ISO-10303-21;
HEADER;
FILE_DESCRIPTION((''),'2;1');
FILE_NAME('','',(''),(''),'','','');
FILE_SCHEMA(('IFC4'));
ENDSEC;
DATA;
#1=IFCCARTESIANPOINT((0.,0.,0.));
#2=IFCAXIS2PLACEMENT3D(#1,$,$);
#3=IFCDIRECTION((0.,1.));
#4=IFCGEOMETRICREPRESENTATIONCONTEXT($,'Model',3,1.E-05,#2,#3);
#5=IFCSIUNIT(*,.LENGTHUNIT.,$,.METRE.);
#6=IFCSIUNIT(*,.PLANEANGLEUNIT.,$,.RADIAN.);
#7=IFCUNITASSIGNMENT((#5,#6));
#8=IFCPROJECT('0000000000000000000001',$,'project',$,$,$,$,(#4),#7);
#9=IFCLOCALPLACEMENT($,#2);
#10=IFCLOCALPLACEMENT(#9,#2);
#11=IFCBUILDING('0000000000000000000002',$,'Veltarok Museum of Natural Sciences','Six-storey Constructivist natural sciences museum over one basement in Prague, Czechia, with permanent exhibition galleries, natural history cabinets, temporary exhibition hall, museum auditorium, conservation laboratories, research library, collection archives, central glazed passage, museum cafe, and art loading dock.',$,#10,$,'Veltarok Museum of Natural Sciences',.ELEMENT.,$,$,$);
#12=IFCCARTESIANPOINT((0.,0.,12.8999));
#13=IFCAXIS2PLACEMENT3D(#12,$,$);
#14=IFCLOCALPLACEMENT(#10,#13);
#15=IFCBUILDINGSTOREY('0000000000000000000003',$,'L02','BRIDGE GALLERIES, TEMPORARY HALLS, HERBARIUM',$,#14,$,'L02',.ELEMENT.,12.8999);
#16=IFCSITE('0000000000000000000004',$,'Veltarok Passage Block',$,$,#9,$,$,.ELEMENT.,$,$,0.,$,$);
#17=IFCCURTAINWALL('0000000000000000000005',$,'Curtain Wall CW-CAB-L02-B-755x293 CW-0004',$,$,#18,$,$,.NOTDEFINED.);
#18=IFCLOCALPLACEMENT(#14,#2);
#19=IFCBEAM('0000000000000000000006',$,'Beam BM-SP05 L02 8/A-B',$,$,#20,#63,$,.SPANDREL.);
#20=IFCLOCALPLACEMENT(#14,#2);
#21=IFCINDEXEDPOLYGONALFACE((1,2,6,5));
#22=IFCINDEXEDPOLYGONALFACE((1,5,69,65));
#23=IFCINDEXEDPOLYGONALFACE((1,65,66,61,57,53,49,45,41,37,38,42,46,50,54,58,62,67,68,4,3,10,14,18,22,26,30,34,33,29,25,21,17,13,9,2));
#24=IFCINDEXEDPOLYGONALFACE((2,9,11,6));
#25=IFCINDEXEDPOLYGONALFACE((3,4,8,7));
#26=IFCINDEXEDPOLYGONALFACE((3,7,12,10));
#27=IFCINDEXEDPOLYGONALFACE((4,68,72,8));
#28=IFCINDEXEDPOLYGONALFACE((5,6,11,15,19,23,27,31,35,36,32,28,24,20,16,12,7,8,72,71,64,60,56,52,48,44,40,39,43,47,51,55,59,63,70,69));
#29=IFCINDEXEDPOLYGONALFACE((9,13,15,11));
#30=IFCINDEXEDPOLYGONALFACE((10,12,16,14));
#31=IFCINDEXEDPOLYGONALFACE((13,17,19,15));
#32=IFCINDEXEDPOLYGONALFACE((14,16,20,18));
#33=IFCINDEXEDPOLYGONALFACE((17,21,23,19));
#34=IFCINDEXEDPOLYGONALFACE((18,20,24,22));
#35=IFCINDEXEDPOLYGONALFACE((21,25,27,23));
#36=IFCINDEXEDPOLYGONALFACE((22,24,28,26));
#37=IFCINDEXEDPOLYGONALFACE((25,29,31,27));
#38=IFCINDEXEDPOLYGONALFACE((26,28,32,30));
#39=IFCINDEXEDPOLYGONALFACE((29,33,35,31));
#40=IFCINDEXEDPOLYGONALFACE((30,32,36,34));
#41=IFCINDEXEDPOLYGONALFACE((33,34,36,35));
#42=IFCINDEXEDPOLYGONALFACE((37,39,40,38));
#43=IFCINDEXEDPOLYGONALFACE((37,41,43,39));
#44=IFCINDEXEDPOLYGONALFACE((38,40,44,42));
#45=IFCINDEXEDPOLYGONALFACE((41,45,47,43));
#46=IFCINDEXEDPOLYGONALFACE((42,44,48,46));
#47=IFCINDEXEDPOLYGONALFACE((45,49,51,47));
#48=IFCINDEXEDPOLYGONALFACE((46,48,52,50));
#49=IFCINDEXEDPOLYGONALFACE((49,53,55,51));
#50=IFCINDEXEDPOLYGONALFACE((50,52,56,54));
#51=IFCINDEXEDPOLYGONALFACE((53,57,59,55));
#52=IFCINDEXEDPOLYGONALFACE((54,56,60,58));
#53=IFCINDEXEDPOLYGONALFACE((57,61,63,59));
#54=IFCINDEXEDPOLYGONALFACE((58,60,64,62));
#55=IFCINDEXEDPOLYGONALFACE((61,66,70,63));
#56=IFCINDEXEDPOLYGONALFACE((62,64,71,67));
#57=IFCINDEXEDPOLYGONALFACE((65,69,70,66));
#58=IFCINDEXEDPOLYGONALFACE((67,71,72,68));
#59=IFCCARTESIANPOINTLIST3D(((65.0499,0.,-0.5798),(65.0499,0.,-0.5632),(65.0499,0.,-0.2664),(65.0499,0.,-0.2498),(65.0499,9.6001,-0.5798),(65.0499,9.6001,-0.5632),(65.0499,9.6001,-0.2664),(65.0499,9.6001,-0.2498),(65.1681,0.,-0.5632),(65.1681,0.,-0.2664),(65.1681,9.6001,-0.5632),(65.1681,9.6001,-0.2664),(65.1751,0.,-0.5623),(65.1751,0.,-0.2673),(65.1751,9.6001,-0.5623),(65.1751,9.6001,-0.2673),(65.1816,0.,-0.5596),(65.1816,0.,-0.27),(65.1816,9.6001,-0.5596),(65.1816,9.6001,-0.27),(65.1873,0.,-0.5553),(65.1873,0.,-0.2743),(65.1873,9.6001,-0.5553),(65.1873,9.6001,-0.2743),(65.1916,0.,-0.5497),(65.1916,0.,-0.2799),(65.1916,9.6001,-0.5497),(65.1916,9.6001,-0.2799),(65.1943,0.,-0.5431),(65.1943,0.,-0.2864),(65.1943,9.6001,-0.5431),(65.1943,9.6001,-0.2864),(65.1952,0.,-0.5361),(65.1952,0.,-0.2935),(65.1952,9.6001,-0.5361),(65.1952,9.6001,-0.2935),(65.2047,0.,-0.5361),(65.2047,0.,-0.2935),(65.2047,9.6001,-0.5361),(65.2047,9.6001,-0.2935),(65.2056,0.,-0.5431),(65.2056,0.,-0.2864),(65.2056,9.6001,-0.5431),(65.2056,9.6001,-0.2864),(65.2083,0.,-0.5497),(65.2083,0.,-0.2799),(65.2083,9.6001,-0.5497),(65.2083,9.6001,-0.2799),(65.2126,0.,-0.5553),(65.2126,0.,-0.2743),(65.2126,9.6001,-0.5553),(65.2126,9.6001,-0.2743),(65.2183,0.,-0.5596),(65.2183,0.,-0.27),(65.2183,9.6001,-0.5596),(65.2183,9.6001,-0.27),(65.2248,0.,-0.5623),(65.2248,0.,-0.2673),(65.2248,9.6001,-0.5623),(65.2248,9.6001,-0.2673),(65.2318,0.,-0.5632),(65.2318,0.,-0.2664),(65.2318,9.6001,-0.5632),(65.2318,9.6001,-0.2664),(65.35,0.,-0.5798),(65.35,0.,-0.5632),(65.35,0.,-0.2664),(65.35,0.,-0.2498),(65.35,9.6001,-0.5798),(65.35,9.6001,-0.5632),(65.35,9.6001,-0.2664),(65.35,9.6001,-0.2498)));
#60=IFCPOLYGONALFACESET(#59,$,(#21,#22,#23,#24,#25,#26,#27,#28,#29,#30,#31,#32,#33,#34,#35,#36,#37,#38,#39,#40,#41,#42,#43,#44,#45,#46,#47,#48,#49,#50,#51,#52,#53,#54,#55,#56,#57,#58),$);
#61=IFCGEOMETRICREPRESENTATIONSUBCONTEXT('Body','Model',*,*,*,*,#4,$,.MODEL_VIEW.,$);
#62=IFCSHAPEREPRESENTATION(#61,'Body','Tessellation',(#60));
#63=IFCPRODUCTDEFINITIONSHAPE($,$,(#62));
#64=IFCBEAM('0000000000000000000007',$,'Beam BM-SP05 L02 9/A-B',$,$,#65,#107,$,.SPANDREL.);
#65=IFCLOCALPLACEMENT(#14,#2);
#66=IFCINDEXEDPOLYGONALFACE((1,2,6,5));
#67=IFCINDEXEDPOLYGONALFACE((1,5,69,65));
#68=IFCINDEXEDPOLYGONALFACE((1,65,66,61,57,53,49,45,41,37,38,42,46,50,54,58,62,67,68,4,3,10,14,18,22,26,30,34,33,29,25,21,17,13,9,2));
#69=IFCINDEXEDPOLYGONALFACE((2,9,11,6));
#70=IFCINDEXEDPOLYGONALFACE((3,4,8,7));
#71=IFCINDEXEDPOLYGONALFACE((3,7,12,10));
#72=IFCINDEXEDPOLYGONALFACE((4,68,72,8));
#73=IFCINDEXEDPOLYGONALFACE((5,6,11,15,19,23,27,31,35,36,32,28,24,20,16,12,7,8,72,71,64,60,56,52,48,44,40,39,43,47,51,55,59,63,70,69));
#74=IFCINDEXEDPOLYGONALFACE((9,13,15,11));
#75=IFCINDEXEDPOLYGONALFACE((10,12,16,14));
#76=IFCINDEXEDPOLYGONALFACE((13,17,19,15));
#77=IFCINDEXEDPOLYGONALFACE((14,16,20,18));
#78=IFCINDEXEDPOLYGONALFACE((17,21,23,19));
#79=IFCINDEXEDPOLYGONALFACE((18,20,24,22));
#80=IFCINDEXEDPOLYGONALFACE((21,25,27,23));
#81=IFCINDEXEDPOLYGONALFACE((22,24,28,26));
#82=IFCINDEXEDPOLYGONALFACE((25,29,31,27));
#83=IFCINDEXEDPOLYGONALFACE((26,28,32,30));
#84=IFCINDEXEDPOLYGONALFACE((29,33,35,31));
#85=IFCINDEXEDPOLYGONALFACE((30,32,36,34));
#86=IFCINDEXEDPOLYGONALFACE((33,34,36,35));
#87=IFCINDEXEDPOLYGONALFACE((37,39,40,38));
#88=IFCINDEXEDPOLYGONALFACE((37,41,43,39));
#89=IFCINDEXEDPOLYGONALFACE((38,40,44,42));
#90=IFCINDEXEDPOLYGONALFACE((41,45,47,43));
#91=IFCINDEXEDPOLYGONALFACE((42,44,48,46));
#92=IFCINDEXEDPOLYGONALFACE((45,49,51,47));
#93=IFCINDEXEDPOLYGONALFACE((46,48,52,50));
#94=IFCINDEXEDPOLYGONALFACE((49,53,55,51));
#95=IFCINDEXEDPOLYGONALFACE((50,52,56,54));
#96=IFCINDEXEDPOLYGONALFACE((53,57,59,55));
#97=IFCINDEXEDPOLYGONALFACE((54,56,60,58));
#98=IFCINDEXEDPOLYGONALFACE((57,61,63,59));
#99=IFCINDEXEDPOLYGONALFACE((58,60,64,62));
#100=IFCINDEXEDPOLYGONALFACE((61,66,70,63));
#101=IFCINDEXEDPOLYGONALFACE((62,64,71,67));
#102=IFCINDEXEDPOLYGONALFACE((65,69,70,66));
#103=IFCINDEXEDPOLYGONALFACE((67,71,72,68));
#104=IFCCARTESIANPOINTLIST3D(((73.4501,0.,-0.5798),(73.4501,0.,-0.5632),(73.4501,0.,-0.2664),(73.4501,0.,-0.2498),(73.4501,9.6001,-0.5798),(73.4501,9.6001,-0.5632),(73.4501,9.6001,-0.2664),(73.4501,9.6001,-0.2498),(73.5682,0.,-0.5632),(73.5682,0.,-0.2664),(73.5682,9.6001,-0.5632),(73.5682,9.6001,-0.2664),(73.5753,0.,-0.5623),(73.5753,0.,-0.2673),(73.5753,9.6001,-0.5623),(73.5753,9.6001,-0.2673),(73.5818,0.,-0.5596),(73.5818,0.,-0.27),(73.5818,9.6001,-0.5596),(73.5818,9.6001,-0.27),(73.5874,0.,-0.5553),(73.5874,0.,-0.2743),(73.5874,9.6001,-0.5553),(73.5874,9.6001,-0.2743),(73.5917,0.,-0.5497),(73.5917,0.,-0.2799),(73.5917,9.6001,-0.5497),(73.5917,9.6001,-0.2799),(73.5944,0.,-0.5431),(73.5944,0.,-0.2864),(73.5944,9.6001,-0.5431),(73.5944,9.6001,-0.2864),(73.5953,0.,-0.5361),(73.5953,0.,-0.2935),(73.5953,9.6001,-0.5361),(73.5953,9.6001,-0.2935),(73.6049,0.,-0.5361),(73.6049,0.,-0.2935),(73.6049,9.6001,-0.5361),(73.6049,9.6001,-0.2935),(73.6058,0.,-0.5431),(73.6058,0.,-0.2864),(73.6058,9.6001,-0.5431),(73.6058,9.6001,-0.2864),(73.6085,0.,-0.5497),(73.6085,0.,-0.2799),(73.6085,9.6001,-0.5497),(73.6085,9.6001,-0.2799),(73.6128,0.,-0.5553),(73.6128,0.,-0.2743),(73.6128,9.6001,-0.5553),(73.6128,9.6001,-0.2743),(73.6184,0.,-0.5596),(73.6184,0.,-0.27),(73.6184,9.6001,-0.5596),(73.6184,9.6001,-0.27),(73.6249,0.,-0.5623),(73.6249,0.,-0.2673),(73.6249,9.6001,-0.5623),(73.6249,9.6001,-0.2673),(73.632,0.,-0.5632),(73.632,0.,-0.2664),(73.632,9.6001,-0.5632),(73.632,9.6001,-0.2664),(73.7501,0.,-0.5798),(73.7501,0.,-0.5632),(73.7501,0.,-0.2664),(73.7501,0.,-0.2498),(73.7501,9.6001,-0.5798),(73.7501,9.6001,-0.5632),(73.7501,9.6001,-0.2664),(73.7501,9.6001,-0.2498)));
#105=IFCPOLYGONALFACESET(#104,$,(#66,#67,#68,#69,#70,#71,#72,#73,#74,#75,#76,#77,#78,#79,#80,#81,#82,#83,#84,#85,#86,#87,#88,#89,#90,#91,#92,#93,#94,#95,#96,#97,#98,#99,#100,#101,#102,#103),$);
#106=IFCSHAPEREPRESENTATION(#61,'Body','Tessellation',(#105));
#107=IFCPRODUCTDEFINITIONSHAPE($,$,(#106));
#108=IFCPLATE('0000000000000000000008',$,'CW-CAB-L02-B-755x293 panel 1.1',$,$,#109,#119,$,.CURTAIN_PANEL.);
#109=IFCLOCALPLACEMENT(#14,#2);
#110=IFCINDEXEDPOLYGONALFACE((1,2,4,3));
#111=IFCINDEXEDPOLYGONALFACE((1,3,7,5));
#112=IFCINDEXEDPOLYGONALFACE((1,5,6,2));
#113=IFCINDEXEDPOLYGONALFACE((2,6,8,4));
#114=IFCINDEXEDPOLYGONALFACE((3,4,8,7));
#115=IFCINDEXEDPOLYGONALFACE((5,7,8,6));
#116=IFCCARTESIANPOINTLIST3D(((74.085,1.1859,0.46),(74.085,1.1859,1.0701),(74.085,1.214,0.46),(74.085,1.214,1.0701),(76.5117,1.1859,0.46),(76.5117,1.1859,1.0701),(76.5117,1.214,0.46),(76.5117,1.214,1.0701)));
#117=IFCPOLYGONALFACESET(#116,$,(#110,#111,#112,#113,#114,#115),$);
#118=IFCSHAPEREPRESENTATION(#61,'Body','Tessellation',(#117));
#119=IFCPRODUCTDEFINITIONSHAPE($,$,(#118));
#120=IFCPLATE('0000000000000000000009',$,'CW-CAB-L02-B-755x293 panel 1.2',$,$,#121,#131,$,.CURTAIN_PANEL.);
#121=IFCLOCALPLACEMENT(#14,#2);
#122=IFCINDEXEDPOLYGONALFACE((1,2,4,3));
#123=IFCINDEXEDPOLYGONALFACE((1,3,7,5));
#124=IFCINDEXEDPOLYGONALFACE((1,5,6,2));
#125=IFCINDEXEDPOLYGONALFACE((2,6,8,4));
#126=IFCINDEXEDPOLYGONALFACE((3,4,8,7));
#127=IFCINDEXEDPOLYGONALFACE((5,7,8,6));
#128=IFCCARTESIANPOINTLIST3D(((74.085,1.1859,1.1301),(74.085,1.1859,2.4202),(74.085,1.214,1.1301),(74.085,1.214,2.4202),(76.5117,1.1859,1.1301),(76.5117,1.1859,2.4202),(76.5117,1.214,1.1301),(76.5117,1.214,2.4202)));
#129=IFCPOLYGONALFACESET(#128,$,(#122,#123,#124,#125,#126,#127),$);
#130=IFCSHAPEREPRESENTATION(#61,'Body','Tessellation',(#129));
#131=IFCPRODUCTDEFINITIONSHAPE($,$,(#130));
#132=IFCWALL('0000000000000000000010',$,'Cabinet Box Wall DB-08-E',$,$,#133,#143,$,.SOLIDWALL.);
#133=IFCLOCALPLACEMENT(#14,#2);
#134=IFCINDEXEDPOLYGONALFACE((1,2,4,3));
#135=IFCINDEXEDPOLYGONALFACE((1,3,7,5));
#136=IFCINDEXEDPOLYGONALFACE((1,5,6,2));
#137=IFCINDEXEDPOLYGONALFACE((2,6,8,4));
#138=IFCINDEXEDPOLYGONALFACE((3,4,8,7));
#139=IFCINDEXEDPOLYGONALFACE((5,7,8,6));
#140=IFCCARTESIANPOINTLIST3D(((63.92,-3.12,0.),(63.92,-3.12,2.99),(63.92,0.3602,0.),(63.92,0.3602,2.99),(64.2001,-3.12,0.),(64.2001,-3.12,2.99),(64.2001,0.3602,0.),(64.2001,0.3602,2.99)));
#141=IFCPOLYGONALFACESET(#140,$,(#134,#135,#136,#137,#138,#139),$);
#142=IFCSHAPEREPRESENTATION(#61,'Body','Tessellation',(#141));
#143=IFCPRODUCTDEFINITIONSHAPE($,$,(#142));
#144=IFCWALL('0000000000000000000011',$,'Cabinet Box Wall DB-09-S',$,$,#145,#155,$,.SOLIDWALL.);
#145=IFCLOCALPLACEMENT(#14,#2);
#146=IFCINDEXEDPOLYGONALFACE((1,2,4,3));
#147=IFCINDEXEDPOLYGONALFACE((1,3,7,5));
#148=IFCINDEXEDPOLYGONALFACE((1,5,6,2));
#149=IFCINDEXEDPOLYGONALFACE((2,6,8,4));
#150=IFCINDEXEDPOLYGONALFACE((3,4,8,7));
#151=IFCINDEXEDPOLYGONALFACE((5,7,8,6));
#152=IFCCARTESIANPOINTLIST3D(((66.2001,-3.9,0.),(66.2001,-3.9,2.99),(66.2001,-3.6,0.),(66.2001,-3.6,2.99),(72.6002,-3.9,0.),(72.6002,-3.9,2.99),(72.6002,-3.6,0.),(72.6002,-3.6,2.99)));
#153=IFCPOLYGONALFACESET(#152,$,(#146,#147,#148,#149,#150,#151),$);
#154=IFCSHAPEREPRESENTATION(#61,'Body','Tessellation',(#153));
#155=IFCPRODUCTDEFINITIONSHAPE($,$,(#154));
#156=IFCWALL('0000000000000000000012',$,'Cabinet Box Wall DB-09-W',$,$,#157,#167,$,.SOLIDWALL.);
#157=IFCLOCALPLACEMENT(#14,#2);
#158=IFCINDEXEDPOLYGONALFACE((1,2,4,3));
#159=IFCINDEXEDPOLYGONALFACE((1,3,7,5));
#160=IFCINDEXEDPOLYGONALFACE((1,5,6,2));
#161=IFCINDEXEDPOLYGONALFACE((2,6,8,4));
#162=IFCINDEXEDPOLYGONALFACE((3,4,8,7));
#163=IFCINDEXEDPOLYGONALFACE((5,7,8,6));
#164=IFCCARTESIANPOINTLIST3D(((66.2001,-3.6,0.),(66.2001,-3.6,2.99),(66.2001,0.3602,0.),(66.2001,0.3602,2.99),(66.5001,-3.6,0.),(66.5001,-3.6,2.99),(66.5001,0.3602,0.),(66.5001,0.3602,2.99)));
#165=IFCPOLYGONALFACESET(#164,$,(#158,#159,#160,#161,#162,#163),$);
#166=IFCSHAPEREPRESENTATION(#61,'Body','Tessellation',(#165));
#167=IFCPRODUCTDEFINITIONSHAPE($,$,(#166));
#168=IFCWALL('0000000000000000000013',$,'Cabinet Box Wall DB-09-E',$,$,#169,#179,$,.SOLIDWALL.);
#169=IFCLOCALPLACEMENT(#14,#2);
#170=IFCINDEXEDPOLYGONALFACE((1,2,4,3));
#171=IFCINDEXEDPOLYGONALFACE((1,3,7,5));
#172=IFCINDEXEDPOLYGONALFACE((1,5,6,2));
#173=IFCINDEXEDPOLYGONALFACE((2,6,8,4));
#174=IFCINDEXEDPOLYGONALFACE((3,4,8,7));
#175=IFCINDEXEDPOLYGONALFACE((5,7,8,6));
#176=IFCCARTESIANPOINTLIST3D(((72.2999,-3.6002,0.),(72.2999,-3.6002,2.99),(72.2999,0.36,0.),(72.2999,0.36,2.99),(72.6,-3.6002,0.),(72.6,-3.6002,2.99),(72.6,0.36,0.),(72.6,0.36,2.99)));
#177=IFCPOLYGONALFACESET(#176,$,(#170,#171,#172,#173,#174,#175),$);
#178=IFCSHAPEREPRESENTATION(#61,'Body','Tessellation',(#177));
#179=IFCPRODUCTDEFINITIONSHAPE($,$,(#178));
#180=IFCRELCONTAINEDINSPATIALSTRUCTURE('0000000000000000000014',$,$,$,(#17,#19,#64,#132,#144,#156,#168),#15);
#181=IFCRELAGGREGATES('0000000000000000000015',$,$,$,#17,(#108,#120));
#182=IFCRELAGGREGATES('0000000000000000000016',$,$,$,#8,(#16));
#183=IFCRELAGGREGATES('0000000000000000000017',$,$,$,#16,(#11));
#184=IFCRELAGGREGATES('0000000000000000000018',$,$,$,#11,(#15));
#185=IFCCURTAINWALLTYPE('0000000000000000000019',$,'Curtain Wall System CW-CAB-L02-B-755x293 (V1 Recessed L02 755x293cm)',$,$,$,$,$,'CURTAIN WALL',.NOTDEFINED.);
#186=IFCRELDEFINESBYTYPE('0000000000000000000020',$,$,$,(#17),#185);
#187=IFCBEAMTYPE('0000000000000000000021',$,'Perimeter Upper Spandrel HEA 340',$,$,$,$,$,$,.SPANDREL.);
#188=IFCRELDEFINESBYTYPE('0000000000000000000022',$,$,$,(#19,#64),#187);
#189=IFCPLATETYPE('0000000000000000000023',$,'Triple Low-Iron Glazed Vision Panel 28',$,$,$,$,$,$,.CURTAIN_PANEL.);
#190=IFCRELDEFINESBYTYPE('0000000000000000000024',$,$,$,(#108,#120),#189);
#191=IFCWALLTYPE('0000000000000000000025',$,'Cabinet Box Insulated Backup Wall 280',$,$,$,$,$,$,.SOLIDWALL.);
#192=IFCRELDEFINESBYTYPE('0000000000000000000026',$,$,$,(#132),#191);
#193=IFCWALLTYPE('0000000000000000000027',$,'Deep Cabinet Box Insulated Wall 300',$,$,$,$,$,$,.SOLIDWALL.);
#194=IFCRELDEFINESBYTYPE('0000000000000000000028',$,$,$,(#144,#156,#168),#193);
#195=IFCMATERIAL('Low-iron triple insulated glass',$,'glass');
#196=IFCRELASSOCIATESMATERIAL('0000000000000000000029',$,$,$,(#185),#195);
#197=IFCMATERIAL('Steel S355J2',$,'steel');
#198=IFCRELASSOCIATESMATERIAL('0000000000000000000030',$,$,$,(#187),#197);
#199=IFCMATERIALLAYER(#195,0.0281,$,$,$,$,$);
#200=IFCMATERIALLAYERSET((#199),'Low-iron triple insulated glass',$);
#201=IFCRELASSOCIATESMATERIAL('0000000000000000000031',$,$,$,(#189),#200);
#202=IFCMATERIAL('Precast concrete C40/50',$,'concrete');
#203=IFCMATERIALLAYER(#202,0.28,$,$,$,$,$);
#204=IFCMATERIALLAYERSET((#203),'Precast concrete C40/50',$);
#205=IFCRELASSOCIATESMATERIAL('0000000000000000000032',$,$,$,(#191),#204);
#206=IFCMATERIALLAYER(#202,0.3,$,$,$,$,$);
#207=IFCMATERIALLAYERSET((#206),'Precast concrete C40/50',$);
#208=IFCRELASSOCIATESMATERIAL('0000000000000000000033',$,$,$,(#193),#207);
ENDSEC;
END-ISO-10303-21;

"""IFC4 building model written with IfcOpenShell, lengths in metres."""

from ifc_helpers import new_model, si_unit, direction, frame, frame_2d, origin, origin_2d, place, context, subcontext, project, spatial, rectangle, i_section, extrude, material, layer, layer_set, material_profile, profile_set, type_object, element, aggregate, save


model = new_model("IFC4")

# Units and contexts
model_context = context("Model", 3, precision=1e-05, world=origin(), true_north=direction((0.0, 1.0)))
body_context = subcontext(model_context, "Body", "Model", "MODEL_VIEW")
ifc_project = project(units=[si_unit("LENGTHUNIT", "METRE"), si_unit("PLANEANGLEUNIT", "RADIAN")], contexts=[model_context])

# Site, building, storey
site_placement = place(None, origin())
site = spatial("IfcSite", under=ifc_project, at=site_placement, Name="Veltarok Passage Block", CompositionType="ELEMENT", RefElevation=0.0)
building_placement = place(site_placement, origin())
building = spatial("IfcBuilding", under=site, at=building_placement, Name="Veltarok Museum of Natural Sciences", Description="Six-storey Constructivist natural sciences museum over one basement in Prague, Czechia, with permanent exhibition galleries, natural history cabinets, temporary exhibition hall, museum auditorium, conservation laboratories, research library, collection archives, central glazed passage, museum cafe, and art loading dock.", LongName="Veltarok Museum of Natural Sciences", CompositionType="ELEMENT")
storey_placement = place(building_placement, frame((0.0, 0.0, 12.8999)))
storey = spatial("IfcBuildingStorey", under=building, at=storey_placement, Name="L02", Description="BRIDGE GALLERIES, TEMPORARY HALLS, HERBARIUM", LongName="L02", CompositionType="ELEMENT", Elevation=12.8999)

# Shared definitions
ifc_material_1 = material(Name="Steel S355J2", Category="steel")

# Curtain wall
ifc_material_2 = material(Name="Low-iron triple insulated glass", Category="glass")
curtain_wall_type = type_object("IfcCurtainWallType", Name="Curtain Wall System CW-CAB-L02-B-755x293 (V1 Recessed L02 755x293cm)", ElementType="CURTAIN WALL", PredefinedType="NOTDEFINED", material=ifc_material_2)
curtain_wall_placement = place(storey_placement, origin())
curtain_wall = element("IfcCurtainWall", 1, at=curtain_wall_placement, inside=storey, type_object=curtain_wall_type, Name="Curtain Wall CW-CAB-L02-B-755x293 CW-0004", PredefinedType="NOTDEFINED")

# Beams
ifc_material_profile_1 = material_profile(ifc_material_1, i_section(OverallWidth=0.3, OverallDepth=0.3301, WebThickness=0.0095, FlangeThickness=0.0166, FilletRadius=0.0271, at=origin_2d()), Name="HEA 340")
ifc_profile_set_1 = profile_set([ifc_material_profile_1], Name="Steel S355J2")
beam_type_1 = type_object("IfcBeamType", Name="Perimeter Upper Spandrel HEA 340", PredefinedType="SPANDREL", material=ifc_profile_set_1)
for number, where, z_axis, x_axis, name in (
    (2, (65.2, 0.0, -0.4148), (0.0, 1.0, 0.0), (-1.0, 0.0, 0.0), "Beam BM-SP05 L02 8/A-B"),
    (3, (73.6001, 0.0, -0.4148), (0.0, 1.0, 0.0), (-1.0, 0.0, 0.0), "Beam BM-SP05 L02 9/A-B"),
):
    element("IfcBeam", number, at=place(storey_placement, frame(where, z_axis=z_axis, x_axis=x_axis)), inside=storey, type_object=beam_type_1, Name=name, PredefinedType="SPANDREL", context=body_context, shape_type="SweptSolid", body=[
        extrude(i_section(OverallWidth=0.3, OverallDepth=0.3301, WebThickness=0.0095, FlangeThickness=0.0166, FilletRadius=0.0271, at=origin_2d()), origin(), (0.0, 0.0, 1.0), 9.6001),
    ])

# Plates
ifc_layer_1 = layer(ifc_material_2, 0.0281)
ifc_layer_set_1 = layer_set([ifc_layer_1], Name="Low-iron triple insulated glass")
plate_type = type_object("IfcPlateType", Name="Triple Low-Iron Glazed Vision Panel 28", PredefinedType="CURTAIN_PANEL", material=ifc_layer_set_1)
plate_1_placement = place(storey_placement, frame((75.2983, 1.2, 0.46), z_axis=(0.0, 0.0, 1.0), x_axis=(1.0, 0.0, 0.0)))
plate_1 = element("IfcPlate", 4, at=plate_1_placement, type_object=plate_type, Name="CW-CAB-L02-B-755x293 panel 1.1", PredefinedType="CURTAIN_PANEL", context=body_context, shape_type="SweptSolid", body=[
    extrude(rectangle(XDim=2.4268, YDim=0.0281, at=origin_2d()), origin(), (0.0, 0.0, 1.0), 0.6101),
])
plate_2_placement = place(storey_placement, frame((75.2983, 1.2, 1.1301), z_axis=(0.0, 0.0, 1.0), x_axis=(1.0, 0.0, 0.0)))
plate_2 = element("IfcPlate", 5, at=plate_2_placement, type_object=plate_type, Name="CW-CAB-L02-B-755x293 panel 1.2", PredefinedType="CURTAIN_PANEL", context=body_context, shape_type="SweptSolid", body=[
    extrude(rectangle(XDim=2.4268, YDim=0.0281, at=origin_2d()), origin(), (0.0, 0.0, 1.0), 1.29),
])
aggregate(curtain_wall, [plate_1, plate_2])

# Walls
ifc_material_3 = material(Name="Precast concrete C40/50", Category="concrete")
ifc_layer_2 = layer(ifc_material_3, 0.28)
ifc_layer_set_2 = layer_set([ifc_layer_2], Name="Precast concrete C40/50")
wall_type_1 = type_object("IfcWallType", Name="Cabinet Box Insulated Backup Wall 280", PredefinedType="SOLIDWALL", material=ifc_layer_set_2)
wall_1_placement = place(storey_placement, frame((64.0601, -3.1201, 0.0), z_axis=(0.0, 0.0, 1.0), x_axis=(0.0, 1.0, 0.0)))
element("IfcWall", 6, at=wall_1_placement, inside=storey, type_object=wall_type_1, Name="Cabinet Box Wall DB-08-E", PredefinedType="SOLIDWALL", context=body_context, shape_type="SweptSolid", body=[
    extrude(rectangle(XDim=3.4802, YDim=0.28, at=frame_2d((1.7402, 0.0))), origin(), (0.0, 0.0, 1.0), 2.99),
])
ifc_layer_3 = layer(ifc_material_3, 0.3)
ifc_layer_set_3 = layer_set([ifc_layer_3], Name="Precast concrete C40/50")
wall_type_2 = type_object("IfcWallType", Name="Deep Cabinet Box Insulated Wall 300", PredefinedType="SOLIDWALL", material=ifc_layer_set_3)
wall_2_placement = place(storey_placement, frame((66.2, -3.75, 0.0), z_axis=(0.0, 0.0, 1.0), x_axis=(1.0, 0.0, 0.0)))
element("IfcWall", 7, at=wall_2_placement, inside=storey, type_object=wall_type_2, Name="Cabinet Box Wall DB-09-S", PredefinedType="SOLIDWALL", context=body_context, shape_type="SweptSolid", body=[
    extrude(rectangle(XDim=6.4001, YDim=0.3, at=frame_2d((3.2002, 0.0))), origin(), (0.0, 0.0, 1.0), 2.99),
])
for number, where, z_axis, x_axis, name in (
    (8, (66.3501, 0.3601, 0.0), (0.0, 0.0, 1.0), (0.0, -1.0, 0.0), "Cabinet Box Wall DB-09-W"),
    (9, (72.45, -3.6001, 0.0), (0.0, 0.0, 1.0), (0.0, 1.0, 0.0), "Cabinet Box Wall DB-09-E"),
):
    element("IfcWall", number, at=place(storey_placement, frame(where, z_axis=z_axis, x_axis=x_axis)), inside=storey, type_object=wall_type_2, Name=name, PredefinedType="SOLIDWALL", context=body_context, shape_type="SweptSolid", body=[
        extrude(rectangle(XDim=3.9602, YDim=0.3, at=frame_2d((1.98, 0.0))), origin(), (0.0, 0.0, 1.0), 2.99),
    ])

save(model, "model.ifc")
